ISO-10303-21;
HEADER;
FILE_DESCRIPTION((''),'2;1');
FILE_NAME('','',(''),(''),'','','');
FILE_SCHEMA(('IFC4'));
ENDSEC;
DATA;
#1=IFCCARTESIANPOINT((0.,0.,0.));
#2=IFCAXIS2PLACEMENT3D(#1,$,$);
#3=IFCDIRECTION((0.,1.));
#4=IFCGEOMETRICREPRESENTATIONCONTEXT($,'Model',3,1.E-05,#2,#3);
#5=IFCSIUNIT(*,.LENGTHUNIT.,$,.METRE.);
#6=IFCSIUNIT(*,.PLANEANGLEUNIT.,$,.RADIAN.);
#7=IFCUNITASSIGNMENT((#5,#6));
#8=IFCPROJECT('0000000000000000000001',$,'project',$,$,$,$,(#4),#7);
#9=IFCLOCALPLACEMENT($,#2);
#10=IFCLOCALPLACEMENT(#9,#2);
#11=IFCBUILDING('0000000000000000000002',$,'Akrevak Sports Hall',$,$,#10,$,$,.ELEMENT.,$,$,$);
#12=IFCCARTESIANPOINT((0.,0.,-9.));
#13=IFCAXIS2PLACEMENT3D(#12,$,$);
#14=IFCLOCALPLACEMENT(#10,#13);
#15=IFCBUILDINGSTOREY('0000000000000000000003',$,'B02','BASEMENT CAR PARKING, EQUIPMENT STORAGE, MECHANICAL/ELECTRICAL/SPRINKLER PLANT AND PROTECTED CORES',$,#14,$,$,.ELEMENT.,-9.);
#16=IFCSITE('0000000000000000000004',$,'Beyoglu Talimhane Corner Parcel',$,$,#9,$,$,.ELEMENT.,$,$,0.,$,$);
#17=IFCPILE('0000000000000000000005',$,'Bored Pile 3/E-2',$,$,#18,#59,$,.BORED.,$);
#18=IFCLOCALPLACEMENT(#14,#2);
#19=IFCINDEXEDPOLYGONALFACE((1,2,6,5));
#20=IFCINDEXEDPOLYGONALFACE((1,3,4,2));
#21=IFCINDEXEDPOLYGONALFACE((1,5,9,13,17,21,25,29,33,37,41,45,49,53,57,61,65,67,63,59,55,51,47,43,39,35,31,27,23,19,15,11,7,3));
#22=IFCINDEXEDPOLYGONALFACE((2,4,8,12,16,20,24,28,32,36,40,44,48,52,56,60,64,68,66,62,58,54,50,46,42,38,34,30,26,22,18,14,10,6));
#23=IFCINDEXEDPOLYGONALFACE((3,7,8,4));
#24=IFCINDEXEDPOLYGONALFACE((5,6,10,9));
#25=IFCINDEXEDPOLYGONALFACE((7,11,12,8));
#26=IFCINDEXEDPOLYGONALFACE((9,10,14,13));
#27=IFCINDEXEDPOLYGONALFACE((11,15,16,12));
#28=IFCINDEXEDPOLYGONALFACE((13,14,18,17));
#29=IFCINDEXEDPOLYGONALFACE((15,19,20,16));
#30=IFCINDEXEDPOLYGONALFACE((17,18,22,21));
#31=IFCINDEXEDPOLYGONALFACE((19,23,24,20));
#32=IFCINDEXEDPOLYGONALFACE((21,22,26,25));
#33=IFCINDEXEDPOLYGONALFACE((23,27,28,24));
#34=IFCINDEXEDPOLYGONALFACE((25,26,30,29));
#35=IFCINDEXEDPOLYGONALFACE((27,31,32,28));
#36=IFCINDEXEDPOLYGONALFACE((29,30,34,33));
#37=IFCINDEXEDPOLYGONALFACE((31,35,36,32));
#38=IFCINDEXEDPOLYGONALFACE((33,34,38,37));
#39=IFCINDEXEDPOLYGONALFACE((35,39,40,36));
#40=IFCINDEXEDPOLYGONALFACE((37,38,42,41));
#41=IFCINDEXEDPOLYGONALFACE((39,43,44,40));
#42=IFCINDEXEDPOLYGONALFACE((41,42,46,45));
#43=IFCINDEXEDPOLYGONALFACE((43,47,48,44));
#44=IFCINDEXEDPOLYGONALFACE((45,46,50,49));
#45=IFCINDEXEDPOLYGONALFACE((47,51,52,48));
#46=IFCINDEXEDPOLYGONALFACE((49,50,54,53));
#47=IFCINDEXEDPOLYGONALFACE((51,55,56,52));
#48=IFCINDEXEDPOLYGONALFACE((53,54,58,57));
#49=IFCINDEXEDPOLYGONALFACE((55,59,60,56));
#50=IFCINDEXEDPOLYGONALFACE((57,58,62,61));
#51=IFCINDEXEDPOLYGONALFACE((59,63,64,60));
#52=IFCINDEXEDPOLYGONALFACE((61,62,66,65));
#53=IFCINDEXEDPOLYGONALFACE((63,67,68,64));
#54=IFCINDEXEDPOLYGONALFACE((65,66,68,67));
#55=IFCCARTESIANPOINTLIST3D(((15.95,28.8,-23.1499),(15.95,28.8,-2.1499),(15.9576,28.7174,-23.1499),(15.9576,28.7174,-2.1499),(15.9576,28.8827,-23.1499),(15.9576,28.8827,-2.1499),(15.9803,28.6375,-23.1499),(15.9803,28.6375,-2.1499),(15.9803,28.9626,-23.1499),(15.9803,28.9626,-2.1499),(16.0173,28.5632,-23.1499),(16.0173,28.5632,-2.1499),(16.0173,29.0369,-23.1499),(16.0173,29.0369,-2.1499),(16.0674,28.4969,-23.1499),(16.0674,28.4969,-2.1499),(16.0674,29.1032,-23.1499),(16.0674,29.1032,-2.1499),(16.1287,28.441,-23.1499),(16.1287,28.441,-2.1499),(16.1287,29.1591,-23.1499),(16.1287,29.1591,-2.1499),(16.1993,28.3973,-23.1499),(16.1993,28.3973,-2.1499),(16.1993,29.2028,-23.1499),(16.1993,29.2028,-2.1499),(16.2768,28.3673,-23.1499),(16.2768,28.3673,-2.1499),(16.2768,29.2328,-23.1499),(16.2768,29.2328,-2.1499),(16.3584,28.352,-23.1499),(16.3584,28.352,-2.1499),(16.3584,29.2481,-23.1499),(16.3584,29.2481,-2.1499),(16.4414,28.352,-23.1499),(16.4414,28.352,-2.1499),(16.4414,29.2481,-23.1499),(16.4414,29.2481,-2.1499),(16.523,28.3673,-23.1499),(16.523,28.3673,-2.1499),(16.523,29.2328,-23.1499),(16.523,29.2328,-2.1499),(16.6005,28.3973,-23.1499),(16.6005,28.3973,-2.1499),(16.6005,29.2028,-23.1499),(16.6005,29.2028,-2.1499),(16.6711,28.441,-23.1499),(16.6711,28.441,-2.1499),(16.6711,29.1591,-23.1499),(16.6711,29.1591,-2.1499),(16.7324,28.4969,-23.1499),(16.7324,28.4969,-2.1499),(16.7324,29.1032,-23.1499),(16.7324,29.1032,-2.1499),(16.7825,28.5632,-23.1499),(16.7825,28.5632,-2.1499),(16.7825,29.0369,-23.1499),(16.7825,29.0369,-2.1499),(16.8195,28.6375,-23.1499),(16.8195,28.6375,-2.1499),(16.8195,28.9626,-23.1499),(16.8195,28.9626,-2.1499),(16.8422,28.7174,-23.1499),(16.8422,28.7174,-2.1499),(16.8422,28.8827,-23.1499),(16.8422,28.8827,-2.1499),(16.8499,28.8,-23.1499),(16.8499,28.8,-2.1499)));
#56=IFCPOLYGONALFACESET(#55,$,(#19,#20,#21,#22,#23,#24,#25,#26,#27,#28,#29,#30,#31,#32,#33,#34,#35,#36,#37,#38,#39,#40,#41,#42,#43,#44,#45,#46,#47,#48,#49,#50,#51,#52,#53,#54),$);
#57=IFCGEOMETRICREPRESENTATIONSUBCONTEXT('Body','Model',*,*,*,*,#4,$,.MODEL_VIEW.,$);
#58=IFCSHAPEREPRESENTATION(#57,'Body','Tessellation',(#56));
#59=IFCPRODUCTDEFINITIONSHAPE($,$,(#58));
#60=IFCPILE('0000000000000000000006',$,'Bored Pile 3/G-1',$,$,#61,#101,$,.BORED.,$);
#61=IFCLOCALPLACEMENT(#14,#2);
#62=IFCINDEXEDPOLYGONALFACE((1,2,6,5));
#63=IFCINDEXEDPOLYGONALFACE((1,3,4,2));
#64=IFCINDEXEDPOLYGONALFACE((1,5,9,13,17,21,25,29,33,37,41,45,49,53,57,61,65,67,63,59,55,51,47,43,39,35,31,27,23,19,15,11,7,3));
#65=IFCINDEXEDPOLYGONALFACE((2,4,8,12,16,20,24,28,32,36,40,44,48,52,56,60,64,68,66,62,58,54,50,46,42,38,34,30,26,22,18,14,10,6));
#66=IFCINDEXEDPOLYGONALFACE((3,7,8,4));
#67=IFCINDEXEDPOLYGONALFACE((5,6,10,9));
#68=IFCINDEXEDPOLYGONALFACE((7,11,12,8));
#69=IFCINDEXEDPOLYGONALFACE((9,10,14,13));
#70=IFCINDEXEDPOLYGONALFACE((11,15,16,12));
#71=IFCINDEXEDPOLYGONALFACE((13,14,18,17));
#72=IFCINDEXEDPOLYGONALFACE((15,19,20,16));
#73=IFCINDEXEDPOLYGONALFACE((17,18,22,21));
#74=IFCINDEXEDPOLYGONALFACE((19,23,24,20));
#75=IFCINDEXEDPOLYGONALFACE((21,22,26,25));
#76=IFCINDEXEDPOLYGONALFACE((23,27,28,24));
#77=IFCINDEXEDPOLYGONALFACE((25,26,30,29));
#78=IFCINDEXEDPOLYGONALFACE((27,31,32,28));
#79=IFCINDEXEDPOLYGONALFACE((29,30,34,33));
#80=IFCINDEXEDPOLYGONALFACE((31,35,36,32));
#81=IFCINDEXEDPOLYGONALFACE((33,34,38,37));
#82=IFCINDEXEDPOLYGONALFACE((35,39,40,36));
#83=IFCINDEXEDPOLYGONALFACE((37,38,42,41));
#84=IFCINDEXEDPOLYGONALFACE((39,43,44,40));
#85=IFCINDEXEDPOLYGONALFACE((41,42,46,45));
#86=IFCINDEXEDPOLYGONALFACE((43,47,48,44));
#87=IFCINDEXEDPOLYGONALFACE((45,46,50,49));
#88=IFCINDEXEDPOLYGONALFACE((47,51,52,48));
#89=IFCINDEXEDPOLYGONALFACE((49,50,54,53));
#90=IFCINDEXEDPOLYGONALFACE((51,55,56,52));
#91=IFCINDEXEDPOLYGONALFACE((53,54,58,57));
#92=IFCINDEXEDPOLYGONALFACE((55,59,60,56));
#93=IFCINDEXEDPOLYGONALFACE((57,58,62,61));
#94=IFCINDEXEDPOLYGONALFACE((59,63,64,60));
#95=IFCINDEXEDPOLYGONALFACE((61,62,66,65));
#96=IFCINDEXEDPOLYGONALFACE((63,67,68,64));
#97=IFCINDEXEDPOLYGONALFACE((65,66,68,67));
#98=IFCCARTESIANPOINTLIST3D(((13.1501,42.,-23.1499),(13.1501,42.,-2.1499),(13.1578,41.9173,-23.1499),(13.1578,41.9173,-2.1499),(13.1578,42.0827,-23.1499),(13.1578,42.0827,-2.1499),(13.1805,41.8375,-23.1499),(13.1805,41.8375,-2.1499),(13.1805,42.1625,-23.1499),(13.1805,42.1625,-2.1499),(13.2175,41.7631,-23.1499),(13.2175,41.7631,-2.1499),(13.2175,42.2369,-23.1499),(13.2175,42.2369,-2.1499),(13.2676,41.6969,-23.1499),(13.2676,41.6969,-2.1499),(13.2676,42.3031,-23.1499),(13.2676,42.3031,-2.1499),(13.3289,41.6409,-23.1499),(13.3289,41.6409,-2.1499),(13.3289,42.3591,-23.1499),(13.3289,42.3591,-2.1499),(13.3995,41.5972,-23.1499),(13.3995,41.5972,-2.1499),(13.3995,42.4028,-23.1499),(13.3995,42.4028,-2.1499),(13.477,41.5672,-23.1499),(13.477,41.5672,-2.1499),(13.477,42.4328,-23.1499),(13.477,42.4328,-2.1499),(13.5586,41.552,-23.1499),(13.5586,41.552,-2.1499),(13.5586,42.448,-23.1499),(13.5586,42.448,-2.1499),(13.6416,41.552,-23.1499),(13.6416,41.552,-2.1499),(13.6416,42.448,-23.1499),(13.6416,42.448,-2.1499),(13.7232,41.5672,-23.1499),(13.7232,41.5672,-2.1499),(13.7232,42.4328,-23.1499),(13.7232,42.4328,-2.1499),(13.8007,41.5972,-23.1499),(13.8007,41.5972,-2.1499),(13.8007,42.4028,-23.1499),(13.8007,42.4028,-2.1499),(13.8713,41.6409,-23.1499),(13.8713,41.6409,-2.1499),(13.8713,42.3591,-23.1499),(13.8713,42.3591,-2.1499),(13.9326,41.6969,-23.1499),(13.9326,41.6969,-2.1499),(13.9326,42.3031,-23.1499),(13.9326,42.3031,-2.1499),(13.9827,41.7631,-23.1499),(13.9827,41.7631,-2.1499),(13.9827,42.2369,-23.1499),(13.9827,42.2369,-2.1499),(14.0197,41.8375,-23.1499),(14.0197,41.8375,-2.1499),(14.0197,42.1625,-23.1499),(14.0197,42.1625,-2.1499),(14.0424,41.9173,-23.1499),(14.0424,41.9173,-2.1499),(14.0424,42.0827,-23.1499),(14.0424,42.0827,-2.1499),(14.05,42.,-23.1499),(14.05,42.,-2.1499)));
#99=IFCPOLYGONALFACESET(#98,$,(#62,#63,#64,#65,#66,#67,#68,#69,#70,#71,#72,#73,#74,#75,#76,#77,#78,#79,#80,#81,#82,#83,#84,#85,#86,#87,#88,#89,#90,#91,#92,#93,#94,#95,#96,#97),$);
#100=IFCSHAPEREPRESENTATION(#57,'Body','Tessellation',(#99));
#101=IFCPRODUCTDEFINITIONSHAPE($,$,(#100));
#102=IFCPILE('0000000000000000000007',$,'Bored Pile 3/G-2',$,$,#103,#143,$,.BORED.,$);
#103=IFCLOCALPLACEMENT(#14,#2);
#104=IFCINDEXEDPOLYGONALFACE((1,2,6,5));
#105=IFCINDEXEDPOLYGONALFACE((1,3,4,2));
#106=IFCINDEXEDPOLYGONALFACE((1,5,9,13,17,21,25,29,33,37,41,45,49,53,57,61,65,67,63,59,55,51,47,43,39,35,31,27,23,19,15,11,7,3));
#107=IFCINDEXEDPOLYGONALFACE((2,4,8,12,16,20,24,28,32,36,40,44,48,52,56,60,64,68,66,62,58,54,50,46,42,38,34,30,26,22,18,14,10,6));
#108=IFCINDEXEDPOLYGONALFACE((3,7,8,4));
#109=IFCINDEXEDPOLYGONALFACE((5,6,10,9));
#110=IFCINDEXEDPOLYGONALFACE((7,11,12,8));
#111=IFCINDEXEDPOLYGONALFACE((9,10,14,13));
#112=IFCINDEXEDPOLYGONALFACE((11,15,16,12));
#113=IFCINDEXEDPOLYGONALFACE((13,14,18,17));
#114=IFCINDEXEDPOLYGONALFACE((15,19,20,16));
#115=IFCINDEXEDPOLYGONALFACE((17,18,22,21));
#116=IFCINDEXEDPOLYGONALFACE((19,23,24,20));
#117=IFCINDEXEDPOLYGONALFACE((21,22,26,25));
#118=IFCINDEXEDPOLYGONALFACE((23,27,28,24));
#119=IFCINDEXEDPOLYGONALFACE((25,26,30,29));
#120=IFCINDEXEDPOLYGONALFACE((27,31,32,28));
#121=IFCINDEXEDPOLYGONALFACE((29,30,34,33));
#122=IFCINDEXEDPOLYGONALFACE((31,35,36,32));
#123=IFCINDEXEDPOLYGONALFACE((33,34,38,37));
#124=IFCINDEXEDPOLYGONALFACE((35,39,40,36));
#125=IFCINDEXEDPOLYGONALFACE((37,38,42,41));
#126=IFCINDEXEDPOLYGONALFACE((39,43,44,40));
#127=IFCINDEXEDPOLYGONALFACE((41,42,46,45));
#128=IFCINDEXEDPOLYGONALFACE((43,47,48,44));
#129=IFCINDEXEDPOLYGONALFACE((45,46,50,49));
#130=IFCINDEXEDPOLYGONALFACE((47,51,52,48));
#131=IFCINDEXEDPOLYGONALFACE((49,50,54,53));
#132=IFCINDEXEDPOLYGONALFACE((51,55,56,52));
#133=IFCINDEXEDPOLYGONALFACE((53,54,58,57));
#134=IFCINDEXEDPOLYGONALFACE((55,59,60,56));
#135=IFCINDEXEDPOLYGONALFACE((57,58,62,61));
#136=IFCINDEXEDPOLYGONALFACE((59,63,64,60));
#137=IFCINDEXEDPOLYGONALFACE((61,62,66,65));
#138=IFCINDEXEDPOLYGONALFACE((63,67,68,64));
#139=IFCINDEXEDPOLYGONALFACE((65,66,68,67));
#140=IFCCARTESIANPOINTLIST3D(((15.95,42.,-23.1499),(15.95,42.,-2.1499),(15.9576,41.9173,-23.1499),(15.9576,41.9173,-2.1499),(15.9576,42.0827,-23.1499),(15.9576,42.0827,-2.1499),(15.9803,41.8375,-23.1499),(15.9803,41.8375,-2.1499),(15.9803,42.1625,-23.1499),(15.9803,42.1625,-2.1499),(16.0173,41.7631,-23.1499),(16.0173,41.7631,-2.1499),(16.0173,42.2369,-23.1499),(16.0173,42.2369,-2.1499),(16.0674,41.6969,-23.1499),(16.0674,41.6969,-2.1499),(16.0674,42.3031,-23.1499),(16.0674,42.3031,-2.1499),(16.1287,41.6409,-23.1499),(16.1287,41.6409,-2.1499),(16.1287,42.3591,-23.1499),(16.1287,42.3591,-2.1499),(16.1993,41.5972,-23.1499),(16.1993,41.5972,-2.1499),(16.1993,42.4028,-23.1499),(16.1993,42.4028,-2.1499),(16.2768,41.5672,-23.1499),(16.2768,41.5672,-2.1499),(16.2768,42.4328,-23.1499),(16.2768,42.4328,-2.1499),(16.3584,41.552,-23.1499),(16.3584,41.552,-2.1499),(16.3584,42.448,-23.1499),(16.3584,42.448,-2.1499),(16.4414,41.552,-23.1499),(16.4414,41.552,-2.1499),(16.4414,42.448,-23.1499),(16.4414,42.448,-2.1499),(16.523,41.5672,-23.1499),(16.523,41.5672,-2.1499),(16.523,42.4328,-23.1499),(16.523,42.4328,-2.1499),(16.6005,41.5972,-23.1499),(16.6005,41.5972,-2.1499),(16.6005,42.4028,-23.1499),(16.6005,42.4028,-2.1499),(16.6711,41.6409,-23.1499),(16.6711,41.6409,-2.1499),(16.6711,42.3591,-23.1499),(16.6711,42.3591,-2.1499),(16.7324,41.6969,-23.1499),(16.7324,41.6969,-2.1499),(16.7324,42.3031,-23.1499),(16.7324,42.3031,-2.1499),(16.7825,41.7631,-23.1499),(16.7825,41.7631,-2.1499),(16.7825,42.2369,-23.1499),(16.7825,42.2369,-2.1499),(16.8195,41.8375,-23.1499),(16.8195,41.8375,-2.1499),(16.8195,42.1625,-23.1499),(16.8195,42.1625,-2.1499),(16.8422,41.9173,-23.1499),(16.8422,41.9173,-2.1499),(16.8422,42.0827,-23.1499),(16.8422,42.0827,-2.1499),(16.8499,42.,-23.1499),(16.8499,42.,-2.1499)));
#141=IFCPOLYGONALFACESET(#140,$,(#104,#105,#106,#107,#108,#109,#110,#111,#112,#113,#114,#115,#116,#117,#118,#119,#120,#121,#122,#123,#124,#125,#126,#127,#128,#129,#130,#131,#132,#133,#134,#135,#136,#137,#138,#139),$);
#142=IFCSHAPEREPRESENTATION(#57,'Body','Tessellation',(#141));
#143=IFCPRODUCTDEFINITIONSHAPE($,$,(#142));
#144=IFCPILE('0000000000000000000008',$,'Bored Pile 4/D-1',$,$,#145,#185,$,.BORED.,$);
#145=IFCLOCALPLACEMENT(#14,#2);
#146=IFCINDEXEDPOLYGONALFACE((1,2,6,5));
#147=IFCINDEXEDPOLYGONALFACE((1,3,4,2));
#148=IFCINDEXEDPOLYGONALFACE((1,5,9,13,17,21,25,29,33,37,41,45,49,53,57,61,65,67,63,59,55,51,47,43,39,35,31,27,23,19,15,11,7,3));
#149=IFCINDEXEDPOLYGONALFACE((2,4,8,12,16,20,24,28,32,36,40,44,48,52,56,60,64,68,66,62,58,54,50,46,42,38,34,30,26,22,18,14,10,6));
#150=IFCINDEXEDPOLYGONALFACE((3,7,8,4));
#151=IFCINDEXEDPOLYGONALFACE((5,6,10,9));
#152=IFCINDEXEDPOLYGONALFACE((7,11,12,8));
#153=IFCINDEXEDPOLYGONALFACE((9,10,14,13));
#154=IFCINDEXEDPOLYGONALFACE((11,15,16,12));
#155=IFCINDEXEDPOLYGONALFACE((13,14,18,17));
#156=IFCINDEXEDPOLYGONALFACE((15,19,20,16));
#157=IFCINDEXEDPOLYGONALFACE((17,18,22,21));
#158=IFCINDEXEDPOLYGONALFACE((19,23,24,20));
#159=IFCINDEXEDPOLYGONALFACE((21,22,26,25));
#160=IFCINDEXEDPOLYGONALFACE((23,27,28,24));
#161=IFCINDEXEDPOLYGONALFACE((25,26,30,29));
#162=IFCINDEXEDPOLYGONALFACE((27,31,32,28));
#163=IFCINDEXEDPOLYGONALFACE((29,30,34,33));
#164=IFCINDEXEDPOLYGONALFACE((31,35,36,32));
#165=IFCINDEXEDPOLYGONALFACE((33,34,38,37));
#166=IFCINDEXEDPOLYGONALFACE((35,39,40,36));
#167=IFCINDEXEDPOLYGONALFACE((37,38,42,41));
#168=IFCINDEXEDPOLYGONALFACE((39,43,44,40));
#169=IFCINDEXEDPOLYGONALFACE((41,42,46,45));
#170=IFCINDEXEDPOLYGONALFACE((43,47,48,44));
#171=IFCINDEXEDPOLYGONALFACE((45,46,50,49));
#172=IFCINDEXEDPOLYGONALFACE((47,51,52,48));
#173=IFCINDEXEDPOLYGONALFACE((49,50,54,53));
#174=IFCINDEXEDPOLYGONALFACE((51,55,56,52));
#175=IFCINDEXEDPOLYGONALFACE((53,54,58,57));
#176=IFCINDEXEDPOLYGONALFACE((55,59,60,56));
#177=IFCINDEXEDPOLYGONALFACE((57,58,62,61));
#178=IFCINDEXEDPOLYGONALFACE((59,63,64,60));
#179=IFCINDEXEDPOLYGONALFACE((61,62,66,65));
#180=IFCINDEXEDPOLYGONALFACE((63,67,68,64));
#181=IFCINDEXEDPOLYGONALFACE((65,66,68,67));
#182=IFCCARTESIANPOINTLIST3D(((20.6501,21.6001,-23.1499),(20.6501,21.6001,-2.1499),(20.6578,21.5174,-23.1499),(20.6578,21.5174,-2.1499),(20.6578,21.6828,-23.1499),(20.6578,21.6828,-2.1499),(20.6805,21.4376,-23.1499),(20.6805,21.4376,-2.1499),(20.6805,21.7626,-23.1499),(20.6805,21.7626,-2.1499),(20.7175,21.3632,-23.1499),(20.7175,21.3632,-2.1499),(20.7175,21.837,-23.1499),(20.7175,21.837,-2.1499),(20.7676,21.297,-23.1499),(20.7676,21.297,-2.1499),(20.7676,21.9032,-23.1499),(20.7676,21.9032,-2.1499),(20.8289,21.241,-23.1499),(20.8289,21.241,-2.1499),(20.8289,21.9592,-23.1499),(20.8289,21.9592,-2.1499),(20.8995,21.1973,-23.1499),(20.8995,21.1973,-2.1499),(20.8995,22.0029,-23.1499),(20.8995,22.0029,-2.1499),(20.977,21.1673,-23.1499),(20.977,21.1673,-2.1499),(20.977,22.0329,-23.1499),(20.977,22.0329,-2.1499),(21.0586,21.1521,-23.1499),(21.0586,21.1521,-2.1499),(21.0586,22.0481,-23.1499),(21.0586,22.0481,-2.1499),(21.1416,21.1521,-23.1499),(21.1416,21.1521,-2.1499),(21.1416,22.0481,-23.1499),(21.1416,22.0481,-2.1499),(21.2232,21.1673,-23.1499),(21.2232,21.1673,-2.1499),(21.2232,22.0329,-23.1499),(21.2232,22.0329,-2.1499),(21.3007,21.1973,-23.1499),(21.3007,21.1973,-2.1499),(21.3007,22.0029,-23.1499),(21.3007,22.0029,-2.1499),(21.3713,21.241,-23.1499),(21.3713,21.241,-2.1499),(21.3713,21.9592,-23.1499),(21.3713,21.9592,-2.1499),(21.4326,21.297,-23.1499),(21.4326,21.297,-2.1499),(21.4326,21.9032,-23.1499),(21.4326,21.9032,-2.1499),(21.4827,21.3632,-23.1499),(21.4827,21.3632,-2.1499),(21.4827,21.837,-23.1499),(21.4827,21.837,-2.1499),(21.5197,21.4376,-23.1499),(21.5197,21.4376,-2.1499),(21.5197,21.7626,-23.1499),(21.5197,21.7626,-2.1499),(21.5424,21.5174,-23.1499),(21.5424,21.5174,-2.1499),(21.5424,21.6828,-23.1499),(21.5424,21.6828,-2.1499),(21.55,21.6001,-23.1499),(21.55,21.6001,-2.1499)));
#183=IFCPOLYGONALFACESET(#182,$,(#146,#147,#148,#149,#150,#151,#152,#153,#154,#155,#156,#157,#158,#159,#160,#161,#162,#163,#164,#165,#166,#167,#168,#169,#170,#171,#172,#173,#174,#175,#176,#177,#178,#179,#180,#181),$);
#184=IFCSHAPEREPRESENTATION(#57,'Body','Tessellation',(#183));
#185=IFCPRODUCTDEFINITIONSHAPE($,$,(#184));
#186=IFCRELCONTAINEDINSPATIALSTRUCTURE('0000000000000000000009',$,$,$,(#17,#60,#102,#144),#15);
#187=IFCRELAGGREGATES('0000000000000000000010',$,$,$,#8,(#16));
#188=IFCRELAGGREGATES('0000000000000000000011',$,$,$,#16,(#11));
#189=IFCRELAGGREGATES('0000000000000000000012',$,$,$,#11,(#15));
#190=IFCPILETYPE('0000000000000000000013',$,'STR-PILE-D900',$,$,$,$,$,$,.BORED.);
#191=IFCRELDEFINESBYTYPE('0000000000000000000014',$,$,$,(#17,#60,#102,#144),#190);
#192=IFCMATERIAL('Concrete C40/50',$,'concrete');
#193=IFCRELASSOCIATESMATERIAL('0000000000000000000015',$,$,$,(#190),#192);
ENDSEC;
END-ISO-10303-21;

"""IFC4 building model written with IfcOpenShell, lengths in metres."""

from ifc_helpers import new_model, si_unit, direction, frame, origin, origin_2d, place, context, subcontext, project, spatial, circle, extrude, material, material_profile, profile_set, type_object, element, save


model = new_model("IFC4")

# Units and contexts
model_context = context("Model", 3, precision=1e-05, world=origin(), true_north=direction((0.0, 1.0)))
body_context = subcontext(model_context, "Body", "Model", "MODEL_VIEW")
ifc_project = project(units=[si_unit("LENGTHUNIT", "METRE"), si_unit("PLANEANGLEUNIT", "RADIAN")], contexts=[model_context])

# Site, building, storey
site_placement = place(None, origin())
site = spatial("IfcSite", under=ifc_project, at=site_placement, Name="Beyoglu Talimhane Corner Parcel", CompositionType="ELEMENT", RefElevation=0.0)
building_placement = place(site_placement, origin())
building = spatial("IfcBuilding", under=site, at=building_placement, Name="Akrevak Sports Hall", CompositionType="ELEMENT")
storey_placement = place(building_placement, frame((0.0, 0.0, -9.0)))
storey = spatial("IfcBuildingStorey", under=building, at=storey_placement, Name="B02", Description="BASEMENT CAR PARKING, EQUIPMENT STORAGE, MECHANICAL/ELECTRICAL/SPRINKLER PLANT AND PROTECTED CORES", CompositionType="ELEMENT", Elevation=-9.0)

# Shared definitions
ifc_material_1 = material(Name="Concrete C40/50", Category="concrete")

# Piles
ifc_material_profile_1 = material_profile(ifc_material_1, circle(Radius=0.45, at=origin_2d()), Name="BORED PILE D900", Category="concrete")
ifc_profile_set_1 = profile_set([ifc_material_profile_1], Name="Concrete C40/50")
pile_type_1 = type_object("IfcPileType", Name="STR-PILE-D900", PredefinedType="BORED", material=ifc_profile_set_1)
for number, where, z_axis, x_axis, name in (
    (1, (16.3999, 28.8, -2.1499), (0.0, 0.0, -1.0), (1.0, 0.0, 0.0), "Bored Pile 3/E-2"),
    (2, (13.6001, 42.0, -2.1499), (0.0, 0.0, -1.0), (1.0, 0.0, 0.0), "Bored Pile 3/G-1"),
    (3, (16.3999, 42.0, -2.1499), (0.0, 0.0, -1.0), (1.0, 0.0, 0.0), "Bored Pile 3/G-2"),
    (4, (21.1001, 21.6001, -2.1499), (0.0, 0.0, -1.0), (1.0, 0.0, 0.0), "Bored Pile 4/D-1"),
):
    element("IfcPile", number, at=place(storey_placement, frame(where, z_axis=z_axis, x_axis=x_axis)), inside=storey, type_object=pile_type_1, Name=name, PredefinedType="BORED", context=body_context, shape_type="SweptSolid", body=[
        extrude(circle(Radius=0.45, at=origin_2d()), origin(), (0.0, 0.0, 1.0), 21.0),
    ])

save(model, "model.ifc")
